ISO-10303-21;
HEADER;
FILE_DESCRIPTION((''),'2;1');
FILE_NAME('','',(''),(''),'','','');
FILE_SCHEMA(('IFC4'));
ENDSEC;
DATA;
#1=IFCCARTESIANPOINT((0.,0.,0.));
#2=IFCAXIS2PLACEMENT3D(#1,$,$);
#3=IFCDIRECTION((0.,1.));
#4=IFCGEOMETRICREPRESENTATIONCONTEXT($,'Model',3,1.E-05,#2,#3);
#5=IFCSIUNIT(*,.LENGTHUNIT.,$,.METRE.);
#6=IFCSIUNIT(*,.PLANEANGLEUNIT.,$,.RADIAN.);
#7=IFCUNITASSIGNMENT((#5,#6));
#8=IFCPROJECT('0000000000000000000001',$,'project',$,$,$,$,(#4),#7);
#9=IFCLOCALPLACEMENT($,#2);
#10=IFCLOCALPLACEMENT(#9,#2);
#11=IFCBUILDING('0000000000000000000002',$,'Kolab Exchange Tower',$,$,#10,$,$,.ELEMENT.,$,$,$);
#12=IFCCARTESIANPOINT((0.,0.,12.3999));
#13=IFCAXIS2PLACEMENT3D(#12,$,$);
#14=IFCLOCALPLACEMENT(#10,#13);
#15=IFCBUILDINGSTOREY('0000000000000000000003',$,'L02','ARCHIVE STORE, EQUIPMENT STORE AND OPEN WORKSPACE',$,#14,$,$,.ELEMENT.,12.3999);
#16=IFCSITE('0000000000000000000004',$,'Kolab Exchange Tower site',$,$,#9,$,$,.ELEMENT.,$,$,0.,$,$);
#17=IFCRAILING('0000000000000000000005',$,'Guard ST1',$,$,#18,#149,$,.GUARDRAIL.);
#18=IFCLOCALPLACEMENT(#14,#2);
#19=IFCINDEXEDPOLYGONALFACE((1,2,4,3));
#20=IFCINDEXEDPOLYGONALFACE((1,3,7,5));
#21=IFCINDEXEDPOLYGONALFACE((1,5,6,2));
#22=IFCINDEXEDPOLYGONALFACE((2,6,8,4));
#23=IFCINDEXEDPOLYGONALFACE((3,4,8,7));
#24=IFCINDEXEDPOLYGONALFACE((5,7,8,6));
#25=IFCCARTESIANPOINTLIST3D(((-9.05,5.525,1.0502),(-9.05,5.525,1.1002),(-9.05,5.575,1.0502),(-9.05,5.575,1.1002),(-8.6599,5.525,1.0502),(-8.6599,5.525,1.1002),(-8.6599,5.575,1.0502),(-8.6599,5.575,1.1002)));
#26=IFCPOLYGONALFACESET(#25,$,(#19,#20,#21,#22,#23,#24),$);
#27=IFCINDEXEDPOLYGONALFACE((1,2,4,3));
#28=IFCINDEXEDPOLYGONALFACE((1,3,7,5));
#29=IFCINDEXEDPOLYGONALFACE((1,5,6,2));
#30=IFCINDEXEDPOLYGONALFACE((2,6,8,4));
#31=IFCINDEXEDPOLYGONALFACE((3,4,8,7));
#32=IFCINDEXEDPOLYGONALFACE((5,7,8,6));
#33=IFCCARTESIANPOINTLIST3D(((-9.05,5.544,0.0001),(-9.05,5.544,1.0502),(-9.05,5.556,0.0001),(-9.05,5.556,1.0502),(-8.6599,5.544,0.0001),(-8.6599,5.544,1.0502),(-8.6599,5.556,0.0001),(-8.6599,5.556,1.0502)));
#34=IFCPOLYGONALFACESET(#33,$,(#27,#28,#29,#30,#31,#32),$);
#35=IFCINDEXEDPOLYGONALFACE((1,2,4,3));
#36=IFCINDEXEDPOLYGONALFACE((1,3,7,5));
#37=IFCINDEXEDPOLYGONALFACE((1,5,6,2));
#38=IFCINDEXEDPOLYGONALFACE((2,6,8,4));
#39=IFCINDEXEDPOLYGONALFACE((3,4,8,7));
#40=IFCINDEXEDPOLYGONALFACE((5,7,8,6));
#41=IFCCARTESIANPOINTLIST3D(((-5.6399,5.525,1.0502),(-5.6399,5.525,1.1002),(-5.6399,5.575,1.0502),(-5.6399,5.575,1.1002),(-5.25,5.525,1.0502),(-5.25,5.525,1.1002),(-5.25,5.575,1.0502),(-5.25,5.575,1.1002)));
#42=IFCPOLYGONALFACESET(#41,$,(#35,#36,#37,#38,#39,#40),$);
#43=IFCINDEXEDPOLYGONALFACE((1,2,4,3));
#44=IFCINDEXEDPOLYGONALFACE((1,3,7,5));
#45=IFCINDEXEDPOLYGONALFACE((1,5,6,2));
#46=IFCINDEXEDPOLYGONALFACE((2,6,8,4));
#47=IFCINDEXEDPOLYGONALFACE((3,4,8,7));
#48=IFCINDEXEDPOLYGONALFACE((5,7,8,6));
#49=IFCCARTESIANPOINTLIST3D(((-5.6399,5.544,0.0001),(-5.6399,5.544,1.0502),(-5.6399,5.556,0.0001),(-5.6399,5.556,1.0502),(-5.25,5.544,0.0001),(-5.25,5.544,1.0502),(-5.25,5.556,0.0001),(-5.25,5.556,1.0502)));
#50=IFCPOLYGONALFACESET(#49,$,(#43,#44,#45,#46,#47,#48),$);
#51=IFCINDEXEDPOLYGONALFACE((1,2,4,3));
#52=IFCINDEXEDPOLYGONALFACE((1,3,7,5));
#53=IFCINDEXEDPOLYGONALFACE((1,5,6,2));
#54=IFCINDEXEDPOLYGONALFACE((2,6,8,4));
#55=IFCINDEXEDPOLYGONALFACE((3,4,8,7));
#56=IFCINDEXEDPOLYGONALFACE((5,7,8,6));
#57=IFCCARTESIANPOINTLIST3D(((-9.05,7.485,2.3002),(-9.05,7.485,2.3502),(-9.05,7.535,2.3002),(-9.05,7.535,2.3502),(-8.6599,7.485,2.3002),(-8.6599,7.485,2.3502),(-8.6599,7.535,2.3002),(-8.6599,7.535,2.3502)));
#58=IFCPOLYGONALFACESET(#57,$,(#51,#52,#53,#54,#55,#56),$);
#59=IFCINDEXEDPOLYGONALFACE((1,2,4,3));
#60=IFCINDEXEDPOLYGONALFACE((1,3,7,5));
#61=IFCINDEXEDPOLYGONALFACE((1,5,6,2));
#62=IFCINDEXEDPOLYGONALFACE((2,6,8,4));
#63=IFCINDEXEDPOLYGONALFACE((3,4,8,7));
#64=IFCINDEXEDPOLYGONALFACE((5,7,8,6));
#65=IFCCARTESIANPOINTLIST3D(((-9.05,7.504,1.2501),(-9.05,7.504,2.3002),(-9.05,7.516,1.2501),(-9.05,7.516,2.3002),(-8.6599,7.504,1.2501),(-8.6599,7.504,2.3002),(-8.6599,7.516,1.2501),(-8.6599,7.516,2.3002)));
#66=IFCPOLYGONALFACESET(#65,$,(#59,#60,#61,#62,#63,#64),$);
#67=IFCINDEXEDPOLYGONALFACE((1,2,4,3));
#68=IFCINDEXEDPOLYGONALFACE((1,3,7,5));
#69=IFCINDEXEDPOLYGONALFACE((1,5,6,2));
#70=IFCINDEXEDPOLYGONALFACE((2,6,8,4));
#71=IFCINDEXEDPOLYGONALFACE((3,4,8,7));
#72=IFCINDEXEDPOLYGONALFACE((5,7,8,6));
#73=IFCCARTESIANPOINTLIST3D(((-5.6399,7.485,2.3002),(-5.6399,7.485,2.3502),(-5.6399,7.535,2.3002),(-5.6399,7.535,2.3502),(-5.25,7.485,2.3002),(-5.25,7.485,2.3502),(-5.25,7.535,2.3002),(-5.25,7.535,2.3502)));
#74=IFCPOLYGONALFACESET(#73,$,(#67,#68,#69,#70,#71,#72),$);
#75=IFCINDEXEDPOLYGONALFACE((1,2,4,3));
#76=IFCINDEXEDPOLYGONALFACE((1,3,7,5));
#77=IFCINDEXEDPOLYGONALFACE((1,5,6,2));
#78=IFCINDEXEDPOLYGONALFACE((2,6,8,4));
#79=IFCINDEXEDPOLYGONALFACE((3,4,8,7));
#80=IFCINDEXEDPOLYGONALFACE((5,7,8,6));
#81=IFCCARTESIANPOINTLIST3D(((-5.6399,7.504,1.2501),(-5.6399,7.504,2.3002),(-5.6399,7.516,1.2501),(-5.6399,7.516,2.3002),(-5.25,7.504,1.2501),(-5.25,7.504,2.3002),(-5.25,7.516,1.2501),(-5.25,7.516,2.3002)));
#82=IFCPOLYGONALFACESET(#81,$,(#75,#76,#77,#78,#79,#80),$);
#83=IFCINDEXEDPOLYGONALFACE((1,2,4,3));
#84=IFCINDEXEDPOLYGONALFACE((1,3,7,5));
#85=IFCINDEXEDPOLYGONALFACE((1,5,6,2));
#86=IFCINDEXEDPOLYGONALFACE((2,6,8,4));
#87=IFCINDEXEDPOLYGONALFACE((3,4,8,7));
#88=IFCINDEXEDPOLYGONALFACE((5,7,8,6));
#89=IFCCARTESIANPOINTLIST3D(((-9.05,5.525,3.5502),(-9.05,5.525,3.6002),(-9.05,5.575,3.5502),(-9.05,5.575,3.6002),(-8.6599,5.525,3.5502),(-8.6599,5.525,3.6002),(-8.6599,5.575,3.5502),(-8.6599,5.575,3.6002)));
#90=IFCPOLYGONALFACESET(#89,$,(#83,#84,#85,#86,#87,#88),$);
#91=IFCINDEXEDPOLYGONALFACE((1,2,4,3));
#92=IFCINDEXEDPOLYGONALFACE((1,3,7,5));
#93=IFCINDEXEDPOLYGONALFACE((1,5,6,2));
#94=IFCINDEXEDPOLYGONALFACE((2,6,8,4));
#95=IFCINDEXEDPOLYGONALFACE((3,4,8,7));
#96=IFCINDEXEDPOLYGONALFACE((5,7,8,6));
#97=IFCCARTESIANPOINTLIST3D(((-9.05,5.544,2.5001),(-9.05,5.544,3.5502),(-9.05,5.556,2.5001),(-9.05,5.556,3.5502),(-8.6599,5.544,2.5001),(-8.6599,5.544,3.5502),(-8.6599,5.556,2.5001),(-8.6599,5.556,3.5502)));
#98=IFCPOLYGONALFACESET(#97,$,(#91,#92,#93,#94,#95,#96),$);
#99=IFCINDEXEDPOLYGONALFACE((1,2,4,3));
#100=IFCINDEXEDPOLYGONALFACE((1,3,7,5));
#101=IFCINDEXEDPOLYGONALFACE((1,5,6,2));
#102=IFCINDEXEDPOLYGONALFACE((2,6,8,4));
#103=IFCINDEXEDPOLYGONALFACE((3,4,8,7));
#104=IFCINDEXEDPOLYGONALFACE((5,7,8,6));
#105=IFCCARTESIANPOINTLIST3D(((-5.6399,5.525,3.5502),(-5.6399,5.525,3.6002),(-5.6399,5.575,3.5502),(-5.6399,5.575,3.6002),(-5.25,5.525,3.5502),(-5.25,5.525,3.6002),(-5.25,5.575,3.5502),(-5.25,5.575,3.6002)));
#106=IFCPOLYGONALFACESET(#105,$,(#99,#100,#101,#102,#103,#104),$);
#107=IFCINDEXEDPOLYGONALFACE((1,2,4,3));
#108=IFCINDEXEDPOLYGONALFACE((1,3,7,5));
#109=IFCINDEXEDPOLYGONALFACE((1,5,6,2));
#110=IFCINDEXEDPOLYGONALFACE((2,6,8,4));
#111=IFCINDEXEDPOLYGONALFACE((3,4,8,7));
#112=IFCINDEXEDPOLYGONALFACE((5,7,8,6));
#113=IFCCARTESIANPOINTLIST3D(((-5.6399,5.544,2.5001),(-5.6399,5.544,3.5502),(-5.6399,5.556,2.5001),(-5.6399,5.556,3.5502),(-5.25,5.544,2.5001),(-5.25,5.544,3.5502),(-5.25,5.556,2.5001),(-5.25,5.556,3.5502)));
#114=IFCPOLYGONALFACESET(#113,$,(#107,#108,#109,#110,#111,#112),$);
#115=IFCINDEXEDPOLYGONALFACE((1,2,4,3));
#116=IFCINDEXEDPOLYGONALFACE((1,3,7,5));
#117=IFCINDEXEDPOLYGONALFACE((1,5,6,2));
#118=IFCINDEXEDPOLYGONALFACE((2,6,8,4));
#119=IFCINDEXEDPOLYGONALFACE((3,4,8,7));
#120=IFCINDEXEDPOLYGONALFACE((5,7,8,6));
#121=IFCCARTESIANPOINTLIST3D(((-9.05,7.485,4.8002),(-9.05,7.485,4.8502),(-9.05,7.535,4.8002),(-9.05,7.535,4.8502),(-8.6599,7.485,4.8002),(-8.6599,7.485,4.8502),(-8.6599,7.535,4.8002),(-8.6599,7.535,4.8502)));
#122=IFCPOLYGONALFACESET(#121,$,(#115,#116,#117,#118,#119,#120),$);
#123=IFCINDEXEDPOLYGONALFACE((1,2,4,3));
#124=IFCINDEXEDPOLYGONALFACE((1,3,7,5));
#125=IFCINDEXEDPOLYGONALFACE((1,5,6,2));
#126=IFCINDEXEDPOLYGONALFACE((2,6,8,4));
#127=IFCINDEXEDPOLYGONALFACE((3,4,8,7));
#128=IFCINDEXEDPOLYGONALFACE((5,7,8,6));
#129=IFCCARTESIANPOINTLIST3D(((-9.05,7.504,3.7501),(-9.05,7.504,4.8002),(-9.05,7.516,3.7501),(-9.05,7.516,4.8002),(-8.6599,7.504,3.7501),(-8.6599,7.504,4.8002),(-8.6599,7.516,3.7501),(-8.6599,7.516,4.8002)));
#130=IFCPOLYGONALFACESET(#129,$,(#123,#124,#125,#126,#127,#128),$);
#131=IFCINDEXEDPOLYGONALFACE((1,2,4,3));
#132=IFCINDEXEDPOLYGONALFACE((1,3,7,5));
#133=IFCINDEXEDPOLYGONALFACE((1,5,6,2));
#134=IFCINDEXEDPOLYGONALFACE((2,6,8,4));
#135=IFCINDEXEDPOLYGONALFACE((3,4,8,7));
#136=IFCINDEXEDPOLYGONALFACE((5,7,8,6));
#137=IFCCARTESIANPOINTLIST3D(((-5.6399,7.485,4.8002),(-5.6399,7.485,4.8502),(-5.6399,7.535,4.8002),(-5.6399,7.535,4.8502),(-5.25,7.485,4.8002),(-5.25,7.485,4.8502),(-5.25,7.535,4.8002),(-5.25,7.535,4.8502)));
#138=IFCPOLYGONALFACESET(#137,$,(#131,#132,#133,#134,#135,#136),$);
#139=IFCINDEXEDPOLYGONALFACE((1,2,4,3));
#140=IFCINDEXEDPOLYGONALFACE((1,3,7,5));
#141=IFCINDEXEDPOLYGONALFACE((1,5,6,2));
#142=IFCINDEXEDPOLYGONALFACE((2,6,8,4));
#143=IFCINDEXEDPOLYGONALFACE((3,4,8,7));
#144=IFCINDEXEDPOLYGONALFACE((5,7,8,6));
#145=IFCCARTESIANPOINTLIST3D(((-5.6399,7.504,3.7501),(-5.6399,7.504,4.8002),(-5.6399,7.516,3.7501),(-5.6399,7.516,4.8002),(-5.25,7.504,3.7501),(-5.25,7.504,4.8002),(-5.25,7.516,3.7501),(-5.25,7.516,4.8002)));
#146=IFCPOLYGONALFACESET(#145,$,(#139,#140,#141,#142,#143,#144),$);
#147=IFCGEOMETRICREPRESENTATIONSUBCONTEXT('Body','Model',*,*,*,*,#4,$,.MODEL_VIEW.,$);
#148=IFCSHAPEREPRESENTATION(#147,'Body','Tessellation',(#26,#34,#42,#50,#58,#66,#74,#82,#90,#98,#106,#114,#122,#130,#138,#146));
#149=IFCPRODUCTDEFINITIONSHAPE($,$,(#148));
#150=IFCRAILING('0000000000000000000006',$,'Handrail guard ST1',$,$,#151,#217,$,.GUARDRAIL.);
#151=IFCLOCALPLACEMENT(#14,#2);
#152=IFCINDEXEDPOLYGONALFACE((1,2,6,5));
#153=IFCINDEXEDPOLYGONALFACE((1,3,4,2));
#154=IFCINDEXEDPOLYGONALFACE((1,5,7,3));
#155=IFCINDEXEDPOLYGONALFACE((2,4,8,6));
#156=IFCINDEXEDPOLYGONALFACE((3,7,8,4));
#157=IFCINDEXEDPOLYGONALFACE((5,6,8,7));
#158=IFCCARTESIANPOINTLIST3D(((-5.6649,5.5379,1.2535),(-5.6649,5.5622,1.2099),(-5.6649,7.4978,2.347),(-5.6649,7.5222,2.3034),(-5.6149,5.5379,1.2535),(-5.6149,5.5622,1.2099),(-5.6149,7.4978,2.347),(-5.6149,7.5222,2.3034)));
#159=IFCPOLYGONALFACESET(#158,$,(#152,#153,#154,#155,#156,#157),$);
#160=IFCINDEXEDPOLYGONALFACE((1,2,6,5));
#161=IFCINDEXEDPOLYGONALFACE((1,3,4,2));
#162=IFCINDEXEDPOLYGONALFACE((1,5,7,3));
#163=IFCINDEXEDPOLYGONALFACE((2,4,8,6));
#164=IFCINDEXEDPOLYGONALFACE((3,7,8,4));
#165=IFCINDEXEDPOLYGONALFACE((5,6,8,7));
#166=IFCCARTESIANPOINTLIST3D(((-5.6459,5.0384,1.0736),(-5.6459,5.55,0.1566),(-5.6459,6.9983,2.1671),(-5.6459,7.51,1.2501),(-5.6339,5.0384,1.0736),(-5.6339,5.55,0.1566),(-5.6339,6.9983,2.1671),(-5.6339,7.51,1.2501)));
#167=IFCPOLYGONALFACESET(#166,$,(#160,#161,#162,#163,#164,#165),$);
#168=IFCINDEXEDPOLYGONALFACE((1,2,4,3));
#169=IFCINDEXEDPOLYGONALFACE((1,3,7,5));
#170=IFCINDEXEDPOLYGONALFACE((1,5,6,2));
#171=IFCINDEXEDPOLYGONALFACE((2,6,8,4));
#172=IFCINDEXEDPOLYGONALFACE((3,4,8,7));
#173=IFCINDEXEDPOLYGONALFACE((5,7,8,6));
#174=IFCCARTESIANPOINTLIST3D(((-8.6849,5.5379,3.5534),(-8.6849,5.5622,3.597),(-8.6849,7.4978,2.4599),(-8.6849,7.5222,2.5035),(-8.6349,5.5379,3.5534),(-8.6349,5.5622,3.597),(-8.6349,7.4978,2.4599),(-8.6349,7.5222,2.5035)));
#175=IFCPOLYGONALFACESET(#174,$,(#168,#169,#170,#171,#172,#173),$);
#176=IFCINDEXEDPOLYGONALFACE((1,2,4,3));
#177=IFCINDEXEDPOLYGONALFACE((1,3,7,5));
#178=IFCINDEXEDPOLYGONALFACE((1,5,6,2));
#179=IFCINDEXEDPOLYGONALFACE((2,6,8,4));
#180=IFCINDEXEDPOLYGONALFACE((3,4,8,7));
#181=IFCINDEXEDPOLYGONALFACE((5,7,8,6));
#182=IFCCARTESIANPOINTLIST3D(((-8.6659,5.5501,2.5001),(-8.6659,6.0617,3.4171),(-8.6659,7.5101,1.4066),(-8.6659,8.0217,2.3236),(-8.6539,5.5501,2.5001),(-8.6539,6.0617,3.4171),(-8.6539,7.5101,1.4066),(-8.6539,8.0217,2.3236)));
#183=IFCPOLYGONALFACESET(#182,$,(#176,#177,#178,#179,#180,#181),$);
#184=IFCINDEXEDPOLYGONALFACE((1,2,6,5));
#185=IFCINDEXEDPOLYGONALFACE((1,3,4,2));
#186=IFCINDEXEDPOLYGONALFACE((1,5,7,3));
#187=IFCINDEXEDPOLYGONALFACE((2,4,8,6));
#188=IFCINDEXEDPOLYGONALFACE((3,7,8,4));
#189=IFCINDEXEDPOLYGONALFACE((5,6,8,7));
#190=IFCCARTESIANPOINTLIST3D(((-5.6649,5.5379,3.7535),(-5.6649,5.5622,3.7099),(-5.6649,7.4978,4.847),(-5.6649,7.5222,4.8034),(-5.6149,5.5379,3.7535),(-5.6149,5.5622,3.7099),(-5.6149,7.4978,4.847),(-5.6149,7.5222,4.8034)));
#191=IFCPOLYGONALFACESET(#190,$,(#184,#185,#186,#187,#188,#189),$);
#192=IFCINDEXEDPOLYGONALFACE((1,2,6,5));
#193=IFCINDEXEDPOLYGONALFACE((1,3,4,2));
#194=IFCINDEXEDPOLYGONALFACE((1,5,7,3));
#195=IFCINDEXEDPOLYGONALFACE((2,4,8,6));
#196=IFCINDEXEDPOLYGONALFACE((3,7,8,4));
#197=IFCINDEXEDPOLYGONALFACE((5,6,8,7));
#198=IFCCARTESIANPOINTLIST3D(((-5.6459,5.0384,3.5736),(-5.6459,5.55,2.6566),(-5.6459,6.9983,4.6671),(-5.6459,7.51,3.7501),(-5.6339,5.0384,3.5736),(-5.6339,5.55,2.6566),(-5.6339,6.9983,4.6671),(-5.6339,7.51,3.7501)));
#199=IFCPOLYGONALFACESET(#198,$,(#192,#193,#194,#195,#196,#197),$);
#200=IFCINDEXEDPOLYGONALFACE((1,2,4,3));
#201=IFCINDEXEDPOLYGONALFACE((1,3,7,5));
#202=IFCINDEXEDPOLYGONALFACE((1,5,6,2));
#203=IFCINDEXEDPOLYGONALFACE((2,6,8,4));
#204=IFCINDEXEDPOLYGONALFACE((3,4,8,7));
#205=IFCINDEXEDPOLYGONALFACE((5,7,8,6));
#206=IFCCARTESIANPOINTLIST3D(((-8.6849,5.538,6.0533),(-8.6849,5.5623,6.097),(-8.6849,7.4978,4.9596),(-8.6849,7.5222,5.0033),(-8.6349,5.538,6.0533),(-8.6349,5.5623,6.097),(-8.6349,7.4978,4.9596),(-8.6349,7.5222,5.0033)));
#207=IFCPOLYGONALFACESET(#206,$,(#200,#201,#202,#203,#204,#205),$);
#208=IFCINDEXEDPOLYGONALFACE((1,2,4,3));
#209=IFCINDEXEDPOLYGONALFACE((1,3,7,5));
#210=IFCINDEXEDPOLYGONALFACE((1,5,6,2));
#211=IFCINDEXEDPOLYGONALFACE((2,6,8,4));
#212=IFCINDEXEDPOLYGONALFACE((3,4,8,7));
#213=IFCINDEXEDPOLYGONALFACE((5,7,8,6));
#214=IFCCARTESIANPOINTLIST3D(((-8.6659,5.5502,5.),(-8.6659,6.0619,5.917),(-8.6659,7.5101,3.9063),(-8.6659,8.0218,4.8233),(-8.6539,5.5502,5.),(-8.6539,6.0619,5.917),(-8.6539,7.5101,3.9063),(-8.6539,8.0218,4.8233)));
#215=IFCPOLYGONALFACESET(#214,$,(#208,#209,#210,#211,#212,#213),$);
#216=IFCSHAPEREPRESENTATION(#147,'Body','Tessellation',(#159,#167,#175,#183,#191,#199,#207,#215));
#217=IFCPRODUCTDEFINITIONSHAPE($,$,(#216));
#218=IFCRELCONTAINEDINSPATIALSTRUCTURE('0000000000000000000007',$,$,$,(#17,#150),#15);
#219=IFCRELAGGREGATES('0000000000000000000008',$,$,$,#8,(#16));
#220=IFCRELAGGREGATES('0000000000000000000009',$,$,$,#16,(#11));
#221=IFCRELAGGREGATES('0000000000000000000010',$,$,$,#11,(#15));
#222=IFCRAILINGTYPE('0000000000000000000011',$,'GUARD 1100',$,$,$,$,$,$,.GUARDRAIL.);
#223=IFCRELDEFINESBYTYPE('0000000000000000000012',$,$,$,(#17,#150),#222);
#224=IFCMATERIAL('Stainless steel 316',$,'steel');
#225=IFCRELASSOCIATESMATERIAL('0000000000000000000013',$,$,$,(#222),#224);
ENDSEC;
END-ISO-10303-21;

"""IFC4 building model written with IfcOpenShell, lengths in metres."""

from ifc_helpers import new_model, si_unit, direction, frame, frame_2d, origin, origin_2d, place, context, subcontext, project, spatial, rectangle, extrude, material, type_object, element, save


model = new_model("IFC4")

# Units and contexts
model_context = context("Model", 3, precision=1e-05, world=origin(), true_north=direction((0.0, 1.0)))
body_context = subcontext(model_context, "Body", "Model", "MODEL_VIEW")
ifc_project = project(units=[si_unit("LENGTHUNIT", "METRE"), si_unit("PLANEANGLEUNIT", "RADIAN")], contexts=[model_context])

# Site, building, storey
site_placement = place(None, origin())
site = spatial("IfcSite", under=ifc_project, at=site_placement, Name="Kolab Exchange Tower site", CompositionType="ELEMENT", RefElevation=0.0)
building_placement = place(site_placement, origin())
building = spatial("IfcBuilding", under=site, at=building_placement, Name="Kolab Exchange Tower", CompositionType="ELEMENT")
storey_placement = place(building_placement, frame((0.0, 0.0, 12.3999)))
storey = spatial("IfcBuildingStorey", under=building, at=storey_placement, Name="L02", Description="ARCHIVE STORE, EQUIPMENT STORE AND OPEN WORKSPACE", CompositionType="ELEMENT", Elevation=12.3999)

# Railings
ifc_material_1 = material(Name="Stainless steel 316", Category="steel")
railing_type = type_object("IfcRailingType", Name="GUARD 1100", PredefinedType="GUARDRAIL", material=ifc_material_1)
railing_1_placement = place(storey_placement, frame((-9.05, 5.55, 0.0)))
element("IfcRailing", 1, at=railing_1_placement, inside=storey, type_object=railing_type, Name="Guard ST1", PredefinedType="GUARDRAIL", context=body_context, shape_type="SweptSolid", body=[
    extrude(rectangle(XDim=0.05, YDim=0.05, at=origin_2d()), frame((0.0, 0.0, 1.0752), z_axis=(1.0, 0.0, 0.0), x_axis=(0.0, 1.0, 0.0)), (0.0, 0.0, 1.0), 0.3901),
    extrude(rectangle(XDim=0.012, YDim=1.0501, at=frame_2d((0.0, 0.5251))), frame((0.0, 0.0, 0.0), z_axis=(1.0, 0.0, 0.0), x_axis=(0.0, 1.0, 0.0)), (0.0, 0.0, 1.0), 0.3901),
    extrude(rectangle(XDim=0.05, YDim=0.05, at=origin_2d()), frame((3.4102, 0.0, 1.0752), z_axis=(1.0, 0.0, 0.0), x_axis=(0.0, 1.0, 0.0)), (0.0, 0.0, 1.0), 0.3899),
    extrude(rectangle(XDim=0.012, YDim=1.0501, at=frame_2d((0.0, 0.5251))), frame((3.4102, 0.0, 0.0), z_axis=(1.0, 0.0, 0.0), x_axis=(0.0, 1.0, 0.0)), (0.0, 0.0, 1.0), 0.3899),
    extrude(rectangle(XDim=0.05, YDim=0.05, at=origin_2d()), frame((0.0, 1.96, 2.3252), z_axis=(1.0, 0.0, 0.0), x_axis=(0.0, 1.0, 0.0)), (0.0, 0.0, 1.0), 0.3901),
    extrude(rectangle(XDim=0.012, YDim=1.0501, at=frame_2d((0.0, 0.5251))), frame((0.0, 1.96, 1.25), z_axis=(1.0, 0.0, 0.0), x_axis=(0.0, 1.0, 0.0)), (0.0, 0.0, 1.0), 0.3901),
    extrude(rectangle(XDim=0.05, YDim=0.05, at=origin_2d()), frame((3.4102, 1.96, 2.3252), z_axis=(1.0, 0.0, 0.0), x_axis=(0.0, 1.0, 0.0)), (0.0, 0.0, 1.0), 0.3899),
    extrude(rectangle(XDim=0.012, YDim=1.0501, at=frame_2d((0.0, 0.5251))), frame((3.4102, 1.96, 1.25), z_axis=(1.0, 0.0, 0.0), x_axis=(0.0, 1.0, 0.0)), (0.0, 0.0, 1.0), 0.3899),
    extrude(rectangle(XDim=0.05, YDim=0.05, at=origin_2d()), frame((0.0, 0.0, 3.5752), z_axis=(1.0, 0.0, 0.0), x_axis=(0.0, 1.0, 0.0)), (0.0, 0.0, 1.0), 0.3901),
    extrude(rectangle(XDim=0.012, YDim=1.0501, at=frame_2d((0.0, 0.5251))), frame((0.0, 0.0, 2.5), z_axis=(1.0, 0.0, 0.0), x_axis=(0.0, 1.0, 0.0)), (0.0, 0.0, 1.0), 0.3901),
    extrude(rectangle(XDim=0.05, YDim=0.05, at=origin_2d()), frame((3.4102, 0.0, 3.5752), z_axis=(1.0, 0.0, 0.0), x_axis=(0.0, 1.0, 0.0)), (0.0, 0.0, 1.0), 0.3899),
    extrude(rectangle(XDim=0.012, YDim=1.0501, at=frame_2d((0.0, 0.5251))), frame((3.4102, 0.0, 2.5), z_axis=(1.0, 0.0, 0.0), x_axis=(0.0, 1.0, 0.0)), (0.0, 0.0, 1.0), 0.3899),
    extrude(rectangle(XDim=0.05, YDim=0.05, at=origin_2d()), frame((0.0, 1.96, 4.8252), z_axis=(1.0, 0.0, 0.0), x_axis=(0.0, 1.0, 0.0)), (0.0, 0.0, 1.0), 0.3901),
    extrude(rectangle(XDim=0.012, YDim=1.0501, at=frame_2d((0.0, 0.5251))), frame((0.0, 1.96, 3.75), z_axis=(1.0, 0.0, 0.0), x_axis=(0.0, 1.0, 0.0)), (0.0, 0.0, 1.0), 0.3901),
    extrude(rectangle(XDim=0.05, YDim=0.05, at=origin_2d()), frame((3.4102, 1.96, 4.8252), z_axis=(1.0, 0.0, 0.0), x_axis=(0.0, 1.0, 0.0)), (0.0, 0.0, 1.0), 0.3899),
    extrude(rectangle(XDim=0.012, YDim=1.0501, at=frame_2d((0.0, 0.5251))), frame((3.4102, 1.96, 3.75), z_axis=(1.0, 0.0, 0.0), x_axis=(0.0, 1.0, 0.0)), (0.0, 0.0, 1.0), 0.3899),
])
railing_2_placement = place(storey_placement, frame((-5.6399, 5.55, 0.1565)))
element("IfcRailing", 2, at=railing_2_placement, inside=storey, type_object=railing_type, Name="Handrail guard ST1", PredefinedType="GUARDRAIL", context=body_context, shape_type="SweptSolid", body=[
    extrude(rectangle(XDim=0.05, YDim=0.05, at=origin_2d()), frame((0.0, 0.0, 1.0752), z_axis=(0.0, 0.873278, 0.487221), x_axis=(-1.0, 0.0, 0.0)), (0.0, 0.0, 1.0), 2.2444),
    extrude(rectangle(XDim=0.012, YDim=1.0501, at=frame_2d((0.0, 0.5251))), frame((0.0, 0.0, 0.0), z_axis=(0.0, 0.873278, 0.487221), x_axis=(-1.0, 0.0, 0.0)), (0.0, 0.0, 1.0), 2.2444),
    extrude(rectangle(XDim=0.05, YDim=0.05, at=origin_2d()), frame((-3.02, 1.96, 2.3252), z_axis=(0.0, -0.873278, 0.487221), x_axis=(1.0, 0.0, 0.0)), (0.0, 0.0, 1.0), 2.2444),
    extrude(rectangle(XDim=0.012, YDim=1.0501, at=frame_2d((0.0, 0.5251))), frame((-3.02, 1.96, 1.25), z_axis=(0.0, -0.873278, 0.487221), x_axis=(1.0, 0.0, 0.0)), (0.0, 0.0, 1.0), 2.2444),
    extrude(rectangle(XDim=0.05, YDim=0.05, at=origin_2d()), frame((0.0, 0.0, 3.5752), z_axis=(0.0, 0.873278, 0.487221), x_axis=(-1.0, 0.0, 0.0)), (0.0, 0.0, 1.0), 2.2444),
    extrude(rectangle(XDim=0.012, YDim=1.0501, at=frame_2d((0.0, 0.5251))), frame((0.0, 0.0, 2.5), z_axis=(0.0, 0.873278, 0.487221), x_axis=(-1.0, 0.0, 0.0)), (0.0, 0.0, 1.0), 2.2444),
    extrude(rectangle(XDim=0.05, YDim=0.05, at=origin_2d()), frame((-3.02, 1.96, 4.825), z_axis=(0.0, -0.873232, 0.487304), x_axis=(1.0, 0.0, 0.0)), (0.0, 0.0, 1.0), 2.2444),
    extrude(rectangle(XDim=0.012, YDim=1.0501, at=frame_2d((0.0, 0.5251))), frame((-3.02, 1.96, 3.7498), z_axis=(0.0, -0.873232, 0.487304), x_axis=(1.0, 0.0, 0.0)), (0.0, 0.0, 1.0), 2.2444),
])

save(model, "model.ifc")
